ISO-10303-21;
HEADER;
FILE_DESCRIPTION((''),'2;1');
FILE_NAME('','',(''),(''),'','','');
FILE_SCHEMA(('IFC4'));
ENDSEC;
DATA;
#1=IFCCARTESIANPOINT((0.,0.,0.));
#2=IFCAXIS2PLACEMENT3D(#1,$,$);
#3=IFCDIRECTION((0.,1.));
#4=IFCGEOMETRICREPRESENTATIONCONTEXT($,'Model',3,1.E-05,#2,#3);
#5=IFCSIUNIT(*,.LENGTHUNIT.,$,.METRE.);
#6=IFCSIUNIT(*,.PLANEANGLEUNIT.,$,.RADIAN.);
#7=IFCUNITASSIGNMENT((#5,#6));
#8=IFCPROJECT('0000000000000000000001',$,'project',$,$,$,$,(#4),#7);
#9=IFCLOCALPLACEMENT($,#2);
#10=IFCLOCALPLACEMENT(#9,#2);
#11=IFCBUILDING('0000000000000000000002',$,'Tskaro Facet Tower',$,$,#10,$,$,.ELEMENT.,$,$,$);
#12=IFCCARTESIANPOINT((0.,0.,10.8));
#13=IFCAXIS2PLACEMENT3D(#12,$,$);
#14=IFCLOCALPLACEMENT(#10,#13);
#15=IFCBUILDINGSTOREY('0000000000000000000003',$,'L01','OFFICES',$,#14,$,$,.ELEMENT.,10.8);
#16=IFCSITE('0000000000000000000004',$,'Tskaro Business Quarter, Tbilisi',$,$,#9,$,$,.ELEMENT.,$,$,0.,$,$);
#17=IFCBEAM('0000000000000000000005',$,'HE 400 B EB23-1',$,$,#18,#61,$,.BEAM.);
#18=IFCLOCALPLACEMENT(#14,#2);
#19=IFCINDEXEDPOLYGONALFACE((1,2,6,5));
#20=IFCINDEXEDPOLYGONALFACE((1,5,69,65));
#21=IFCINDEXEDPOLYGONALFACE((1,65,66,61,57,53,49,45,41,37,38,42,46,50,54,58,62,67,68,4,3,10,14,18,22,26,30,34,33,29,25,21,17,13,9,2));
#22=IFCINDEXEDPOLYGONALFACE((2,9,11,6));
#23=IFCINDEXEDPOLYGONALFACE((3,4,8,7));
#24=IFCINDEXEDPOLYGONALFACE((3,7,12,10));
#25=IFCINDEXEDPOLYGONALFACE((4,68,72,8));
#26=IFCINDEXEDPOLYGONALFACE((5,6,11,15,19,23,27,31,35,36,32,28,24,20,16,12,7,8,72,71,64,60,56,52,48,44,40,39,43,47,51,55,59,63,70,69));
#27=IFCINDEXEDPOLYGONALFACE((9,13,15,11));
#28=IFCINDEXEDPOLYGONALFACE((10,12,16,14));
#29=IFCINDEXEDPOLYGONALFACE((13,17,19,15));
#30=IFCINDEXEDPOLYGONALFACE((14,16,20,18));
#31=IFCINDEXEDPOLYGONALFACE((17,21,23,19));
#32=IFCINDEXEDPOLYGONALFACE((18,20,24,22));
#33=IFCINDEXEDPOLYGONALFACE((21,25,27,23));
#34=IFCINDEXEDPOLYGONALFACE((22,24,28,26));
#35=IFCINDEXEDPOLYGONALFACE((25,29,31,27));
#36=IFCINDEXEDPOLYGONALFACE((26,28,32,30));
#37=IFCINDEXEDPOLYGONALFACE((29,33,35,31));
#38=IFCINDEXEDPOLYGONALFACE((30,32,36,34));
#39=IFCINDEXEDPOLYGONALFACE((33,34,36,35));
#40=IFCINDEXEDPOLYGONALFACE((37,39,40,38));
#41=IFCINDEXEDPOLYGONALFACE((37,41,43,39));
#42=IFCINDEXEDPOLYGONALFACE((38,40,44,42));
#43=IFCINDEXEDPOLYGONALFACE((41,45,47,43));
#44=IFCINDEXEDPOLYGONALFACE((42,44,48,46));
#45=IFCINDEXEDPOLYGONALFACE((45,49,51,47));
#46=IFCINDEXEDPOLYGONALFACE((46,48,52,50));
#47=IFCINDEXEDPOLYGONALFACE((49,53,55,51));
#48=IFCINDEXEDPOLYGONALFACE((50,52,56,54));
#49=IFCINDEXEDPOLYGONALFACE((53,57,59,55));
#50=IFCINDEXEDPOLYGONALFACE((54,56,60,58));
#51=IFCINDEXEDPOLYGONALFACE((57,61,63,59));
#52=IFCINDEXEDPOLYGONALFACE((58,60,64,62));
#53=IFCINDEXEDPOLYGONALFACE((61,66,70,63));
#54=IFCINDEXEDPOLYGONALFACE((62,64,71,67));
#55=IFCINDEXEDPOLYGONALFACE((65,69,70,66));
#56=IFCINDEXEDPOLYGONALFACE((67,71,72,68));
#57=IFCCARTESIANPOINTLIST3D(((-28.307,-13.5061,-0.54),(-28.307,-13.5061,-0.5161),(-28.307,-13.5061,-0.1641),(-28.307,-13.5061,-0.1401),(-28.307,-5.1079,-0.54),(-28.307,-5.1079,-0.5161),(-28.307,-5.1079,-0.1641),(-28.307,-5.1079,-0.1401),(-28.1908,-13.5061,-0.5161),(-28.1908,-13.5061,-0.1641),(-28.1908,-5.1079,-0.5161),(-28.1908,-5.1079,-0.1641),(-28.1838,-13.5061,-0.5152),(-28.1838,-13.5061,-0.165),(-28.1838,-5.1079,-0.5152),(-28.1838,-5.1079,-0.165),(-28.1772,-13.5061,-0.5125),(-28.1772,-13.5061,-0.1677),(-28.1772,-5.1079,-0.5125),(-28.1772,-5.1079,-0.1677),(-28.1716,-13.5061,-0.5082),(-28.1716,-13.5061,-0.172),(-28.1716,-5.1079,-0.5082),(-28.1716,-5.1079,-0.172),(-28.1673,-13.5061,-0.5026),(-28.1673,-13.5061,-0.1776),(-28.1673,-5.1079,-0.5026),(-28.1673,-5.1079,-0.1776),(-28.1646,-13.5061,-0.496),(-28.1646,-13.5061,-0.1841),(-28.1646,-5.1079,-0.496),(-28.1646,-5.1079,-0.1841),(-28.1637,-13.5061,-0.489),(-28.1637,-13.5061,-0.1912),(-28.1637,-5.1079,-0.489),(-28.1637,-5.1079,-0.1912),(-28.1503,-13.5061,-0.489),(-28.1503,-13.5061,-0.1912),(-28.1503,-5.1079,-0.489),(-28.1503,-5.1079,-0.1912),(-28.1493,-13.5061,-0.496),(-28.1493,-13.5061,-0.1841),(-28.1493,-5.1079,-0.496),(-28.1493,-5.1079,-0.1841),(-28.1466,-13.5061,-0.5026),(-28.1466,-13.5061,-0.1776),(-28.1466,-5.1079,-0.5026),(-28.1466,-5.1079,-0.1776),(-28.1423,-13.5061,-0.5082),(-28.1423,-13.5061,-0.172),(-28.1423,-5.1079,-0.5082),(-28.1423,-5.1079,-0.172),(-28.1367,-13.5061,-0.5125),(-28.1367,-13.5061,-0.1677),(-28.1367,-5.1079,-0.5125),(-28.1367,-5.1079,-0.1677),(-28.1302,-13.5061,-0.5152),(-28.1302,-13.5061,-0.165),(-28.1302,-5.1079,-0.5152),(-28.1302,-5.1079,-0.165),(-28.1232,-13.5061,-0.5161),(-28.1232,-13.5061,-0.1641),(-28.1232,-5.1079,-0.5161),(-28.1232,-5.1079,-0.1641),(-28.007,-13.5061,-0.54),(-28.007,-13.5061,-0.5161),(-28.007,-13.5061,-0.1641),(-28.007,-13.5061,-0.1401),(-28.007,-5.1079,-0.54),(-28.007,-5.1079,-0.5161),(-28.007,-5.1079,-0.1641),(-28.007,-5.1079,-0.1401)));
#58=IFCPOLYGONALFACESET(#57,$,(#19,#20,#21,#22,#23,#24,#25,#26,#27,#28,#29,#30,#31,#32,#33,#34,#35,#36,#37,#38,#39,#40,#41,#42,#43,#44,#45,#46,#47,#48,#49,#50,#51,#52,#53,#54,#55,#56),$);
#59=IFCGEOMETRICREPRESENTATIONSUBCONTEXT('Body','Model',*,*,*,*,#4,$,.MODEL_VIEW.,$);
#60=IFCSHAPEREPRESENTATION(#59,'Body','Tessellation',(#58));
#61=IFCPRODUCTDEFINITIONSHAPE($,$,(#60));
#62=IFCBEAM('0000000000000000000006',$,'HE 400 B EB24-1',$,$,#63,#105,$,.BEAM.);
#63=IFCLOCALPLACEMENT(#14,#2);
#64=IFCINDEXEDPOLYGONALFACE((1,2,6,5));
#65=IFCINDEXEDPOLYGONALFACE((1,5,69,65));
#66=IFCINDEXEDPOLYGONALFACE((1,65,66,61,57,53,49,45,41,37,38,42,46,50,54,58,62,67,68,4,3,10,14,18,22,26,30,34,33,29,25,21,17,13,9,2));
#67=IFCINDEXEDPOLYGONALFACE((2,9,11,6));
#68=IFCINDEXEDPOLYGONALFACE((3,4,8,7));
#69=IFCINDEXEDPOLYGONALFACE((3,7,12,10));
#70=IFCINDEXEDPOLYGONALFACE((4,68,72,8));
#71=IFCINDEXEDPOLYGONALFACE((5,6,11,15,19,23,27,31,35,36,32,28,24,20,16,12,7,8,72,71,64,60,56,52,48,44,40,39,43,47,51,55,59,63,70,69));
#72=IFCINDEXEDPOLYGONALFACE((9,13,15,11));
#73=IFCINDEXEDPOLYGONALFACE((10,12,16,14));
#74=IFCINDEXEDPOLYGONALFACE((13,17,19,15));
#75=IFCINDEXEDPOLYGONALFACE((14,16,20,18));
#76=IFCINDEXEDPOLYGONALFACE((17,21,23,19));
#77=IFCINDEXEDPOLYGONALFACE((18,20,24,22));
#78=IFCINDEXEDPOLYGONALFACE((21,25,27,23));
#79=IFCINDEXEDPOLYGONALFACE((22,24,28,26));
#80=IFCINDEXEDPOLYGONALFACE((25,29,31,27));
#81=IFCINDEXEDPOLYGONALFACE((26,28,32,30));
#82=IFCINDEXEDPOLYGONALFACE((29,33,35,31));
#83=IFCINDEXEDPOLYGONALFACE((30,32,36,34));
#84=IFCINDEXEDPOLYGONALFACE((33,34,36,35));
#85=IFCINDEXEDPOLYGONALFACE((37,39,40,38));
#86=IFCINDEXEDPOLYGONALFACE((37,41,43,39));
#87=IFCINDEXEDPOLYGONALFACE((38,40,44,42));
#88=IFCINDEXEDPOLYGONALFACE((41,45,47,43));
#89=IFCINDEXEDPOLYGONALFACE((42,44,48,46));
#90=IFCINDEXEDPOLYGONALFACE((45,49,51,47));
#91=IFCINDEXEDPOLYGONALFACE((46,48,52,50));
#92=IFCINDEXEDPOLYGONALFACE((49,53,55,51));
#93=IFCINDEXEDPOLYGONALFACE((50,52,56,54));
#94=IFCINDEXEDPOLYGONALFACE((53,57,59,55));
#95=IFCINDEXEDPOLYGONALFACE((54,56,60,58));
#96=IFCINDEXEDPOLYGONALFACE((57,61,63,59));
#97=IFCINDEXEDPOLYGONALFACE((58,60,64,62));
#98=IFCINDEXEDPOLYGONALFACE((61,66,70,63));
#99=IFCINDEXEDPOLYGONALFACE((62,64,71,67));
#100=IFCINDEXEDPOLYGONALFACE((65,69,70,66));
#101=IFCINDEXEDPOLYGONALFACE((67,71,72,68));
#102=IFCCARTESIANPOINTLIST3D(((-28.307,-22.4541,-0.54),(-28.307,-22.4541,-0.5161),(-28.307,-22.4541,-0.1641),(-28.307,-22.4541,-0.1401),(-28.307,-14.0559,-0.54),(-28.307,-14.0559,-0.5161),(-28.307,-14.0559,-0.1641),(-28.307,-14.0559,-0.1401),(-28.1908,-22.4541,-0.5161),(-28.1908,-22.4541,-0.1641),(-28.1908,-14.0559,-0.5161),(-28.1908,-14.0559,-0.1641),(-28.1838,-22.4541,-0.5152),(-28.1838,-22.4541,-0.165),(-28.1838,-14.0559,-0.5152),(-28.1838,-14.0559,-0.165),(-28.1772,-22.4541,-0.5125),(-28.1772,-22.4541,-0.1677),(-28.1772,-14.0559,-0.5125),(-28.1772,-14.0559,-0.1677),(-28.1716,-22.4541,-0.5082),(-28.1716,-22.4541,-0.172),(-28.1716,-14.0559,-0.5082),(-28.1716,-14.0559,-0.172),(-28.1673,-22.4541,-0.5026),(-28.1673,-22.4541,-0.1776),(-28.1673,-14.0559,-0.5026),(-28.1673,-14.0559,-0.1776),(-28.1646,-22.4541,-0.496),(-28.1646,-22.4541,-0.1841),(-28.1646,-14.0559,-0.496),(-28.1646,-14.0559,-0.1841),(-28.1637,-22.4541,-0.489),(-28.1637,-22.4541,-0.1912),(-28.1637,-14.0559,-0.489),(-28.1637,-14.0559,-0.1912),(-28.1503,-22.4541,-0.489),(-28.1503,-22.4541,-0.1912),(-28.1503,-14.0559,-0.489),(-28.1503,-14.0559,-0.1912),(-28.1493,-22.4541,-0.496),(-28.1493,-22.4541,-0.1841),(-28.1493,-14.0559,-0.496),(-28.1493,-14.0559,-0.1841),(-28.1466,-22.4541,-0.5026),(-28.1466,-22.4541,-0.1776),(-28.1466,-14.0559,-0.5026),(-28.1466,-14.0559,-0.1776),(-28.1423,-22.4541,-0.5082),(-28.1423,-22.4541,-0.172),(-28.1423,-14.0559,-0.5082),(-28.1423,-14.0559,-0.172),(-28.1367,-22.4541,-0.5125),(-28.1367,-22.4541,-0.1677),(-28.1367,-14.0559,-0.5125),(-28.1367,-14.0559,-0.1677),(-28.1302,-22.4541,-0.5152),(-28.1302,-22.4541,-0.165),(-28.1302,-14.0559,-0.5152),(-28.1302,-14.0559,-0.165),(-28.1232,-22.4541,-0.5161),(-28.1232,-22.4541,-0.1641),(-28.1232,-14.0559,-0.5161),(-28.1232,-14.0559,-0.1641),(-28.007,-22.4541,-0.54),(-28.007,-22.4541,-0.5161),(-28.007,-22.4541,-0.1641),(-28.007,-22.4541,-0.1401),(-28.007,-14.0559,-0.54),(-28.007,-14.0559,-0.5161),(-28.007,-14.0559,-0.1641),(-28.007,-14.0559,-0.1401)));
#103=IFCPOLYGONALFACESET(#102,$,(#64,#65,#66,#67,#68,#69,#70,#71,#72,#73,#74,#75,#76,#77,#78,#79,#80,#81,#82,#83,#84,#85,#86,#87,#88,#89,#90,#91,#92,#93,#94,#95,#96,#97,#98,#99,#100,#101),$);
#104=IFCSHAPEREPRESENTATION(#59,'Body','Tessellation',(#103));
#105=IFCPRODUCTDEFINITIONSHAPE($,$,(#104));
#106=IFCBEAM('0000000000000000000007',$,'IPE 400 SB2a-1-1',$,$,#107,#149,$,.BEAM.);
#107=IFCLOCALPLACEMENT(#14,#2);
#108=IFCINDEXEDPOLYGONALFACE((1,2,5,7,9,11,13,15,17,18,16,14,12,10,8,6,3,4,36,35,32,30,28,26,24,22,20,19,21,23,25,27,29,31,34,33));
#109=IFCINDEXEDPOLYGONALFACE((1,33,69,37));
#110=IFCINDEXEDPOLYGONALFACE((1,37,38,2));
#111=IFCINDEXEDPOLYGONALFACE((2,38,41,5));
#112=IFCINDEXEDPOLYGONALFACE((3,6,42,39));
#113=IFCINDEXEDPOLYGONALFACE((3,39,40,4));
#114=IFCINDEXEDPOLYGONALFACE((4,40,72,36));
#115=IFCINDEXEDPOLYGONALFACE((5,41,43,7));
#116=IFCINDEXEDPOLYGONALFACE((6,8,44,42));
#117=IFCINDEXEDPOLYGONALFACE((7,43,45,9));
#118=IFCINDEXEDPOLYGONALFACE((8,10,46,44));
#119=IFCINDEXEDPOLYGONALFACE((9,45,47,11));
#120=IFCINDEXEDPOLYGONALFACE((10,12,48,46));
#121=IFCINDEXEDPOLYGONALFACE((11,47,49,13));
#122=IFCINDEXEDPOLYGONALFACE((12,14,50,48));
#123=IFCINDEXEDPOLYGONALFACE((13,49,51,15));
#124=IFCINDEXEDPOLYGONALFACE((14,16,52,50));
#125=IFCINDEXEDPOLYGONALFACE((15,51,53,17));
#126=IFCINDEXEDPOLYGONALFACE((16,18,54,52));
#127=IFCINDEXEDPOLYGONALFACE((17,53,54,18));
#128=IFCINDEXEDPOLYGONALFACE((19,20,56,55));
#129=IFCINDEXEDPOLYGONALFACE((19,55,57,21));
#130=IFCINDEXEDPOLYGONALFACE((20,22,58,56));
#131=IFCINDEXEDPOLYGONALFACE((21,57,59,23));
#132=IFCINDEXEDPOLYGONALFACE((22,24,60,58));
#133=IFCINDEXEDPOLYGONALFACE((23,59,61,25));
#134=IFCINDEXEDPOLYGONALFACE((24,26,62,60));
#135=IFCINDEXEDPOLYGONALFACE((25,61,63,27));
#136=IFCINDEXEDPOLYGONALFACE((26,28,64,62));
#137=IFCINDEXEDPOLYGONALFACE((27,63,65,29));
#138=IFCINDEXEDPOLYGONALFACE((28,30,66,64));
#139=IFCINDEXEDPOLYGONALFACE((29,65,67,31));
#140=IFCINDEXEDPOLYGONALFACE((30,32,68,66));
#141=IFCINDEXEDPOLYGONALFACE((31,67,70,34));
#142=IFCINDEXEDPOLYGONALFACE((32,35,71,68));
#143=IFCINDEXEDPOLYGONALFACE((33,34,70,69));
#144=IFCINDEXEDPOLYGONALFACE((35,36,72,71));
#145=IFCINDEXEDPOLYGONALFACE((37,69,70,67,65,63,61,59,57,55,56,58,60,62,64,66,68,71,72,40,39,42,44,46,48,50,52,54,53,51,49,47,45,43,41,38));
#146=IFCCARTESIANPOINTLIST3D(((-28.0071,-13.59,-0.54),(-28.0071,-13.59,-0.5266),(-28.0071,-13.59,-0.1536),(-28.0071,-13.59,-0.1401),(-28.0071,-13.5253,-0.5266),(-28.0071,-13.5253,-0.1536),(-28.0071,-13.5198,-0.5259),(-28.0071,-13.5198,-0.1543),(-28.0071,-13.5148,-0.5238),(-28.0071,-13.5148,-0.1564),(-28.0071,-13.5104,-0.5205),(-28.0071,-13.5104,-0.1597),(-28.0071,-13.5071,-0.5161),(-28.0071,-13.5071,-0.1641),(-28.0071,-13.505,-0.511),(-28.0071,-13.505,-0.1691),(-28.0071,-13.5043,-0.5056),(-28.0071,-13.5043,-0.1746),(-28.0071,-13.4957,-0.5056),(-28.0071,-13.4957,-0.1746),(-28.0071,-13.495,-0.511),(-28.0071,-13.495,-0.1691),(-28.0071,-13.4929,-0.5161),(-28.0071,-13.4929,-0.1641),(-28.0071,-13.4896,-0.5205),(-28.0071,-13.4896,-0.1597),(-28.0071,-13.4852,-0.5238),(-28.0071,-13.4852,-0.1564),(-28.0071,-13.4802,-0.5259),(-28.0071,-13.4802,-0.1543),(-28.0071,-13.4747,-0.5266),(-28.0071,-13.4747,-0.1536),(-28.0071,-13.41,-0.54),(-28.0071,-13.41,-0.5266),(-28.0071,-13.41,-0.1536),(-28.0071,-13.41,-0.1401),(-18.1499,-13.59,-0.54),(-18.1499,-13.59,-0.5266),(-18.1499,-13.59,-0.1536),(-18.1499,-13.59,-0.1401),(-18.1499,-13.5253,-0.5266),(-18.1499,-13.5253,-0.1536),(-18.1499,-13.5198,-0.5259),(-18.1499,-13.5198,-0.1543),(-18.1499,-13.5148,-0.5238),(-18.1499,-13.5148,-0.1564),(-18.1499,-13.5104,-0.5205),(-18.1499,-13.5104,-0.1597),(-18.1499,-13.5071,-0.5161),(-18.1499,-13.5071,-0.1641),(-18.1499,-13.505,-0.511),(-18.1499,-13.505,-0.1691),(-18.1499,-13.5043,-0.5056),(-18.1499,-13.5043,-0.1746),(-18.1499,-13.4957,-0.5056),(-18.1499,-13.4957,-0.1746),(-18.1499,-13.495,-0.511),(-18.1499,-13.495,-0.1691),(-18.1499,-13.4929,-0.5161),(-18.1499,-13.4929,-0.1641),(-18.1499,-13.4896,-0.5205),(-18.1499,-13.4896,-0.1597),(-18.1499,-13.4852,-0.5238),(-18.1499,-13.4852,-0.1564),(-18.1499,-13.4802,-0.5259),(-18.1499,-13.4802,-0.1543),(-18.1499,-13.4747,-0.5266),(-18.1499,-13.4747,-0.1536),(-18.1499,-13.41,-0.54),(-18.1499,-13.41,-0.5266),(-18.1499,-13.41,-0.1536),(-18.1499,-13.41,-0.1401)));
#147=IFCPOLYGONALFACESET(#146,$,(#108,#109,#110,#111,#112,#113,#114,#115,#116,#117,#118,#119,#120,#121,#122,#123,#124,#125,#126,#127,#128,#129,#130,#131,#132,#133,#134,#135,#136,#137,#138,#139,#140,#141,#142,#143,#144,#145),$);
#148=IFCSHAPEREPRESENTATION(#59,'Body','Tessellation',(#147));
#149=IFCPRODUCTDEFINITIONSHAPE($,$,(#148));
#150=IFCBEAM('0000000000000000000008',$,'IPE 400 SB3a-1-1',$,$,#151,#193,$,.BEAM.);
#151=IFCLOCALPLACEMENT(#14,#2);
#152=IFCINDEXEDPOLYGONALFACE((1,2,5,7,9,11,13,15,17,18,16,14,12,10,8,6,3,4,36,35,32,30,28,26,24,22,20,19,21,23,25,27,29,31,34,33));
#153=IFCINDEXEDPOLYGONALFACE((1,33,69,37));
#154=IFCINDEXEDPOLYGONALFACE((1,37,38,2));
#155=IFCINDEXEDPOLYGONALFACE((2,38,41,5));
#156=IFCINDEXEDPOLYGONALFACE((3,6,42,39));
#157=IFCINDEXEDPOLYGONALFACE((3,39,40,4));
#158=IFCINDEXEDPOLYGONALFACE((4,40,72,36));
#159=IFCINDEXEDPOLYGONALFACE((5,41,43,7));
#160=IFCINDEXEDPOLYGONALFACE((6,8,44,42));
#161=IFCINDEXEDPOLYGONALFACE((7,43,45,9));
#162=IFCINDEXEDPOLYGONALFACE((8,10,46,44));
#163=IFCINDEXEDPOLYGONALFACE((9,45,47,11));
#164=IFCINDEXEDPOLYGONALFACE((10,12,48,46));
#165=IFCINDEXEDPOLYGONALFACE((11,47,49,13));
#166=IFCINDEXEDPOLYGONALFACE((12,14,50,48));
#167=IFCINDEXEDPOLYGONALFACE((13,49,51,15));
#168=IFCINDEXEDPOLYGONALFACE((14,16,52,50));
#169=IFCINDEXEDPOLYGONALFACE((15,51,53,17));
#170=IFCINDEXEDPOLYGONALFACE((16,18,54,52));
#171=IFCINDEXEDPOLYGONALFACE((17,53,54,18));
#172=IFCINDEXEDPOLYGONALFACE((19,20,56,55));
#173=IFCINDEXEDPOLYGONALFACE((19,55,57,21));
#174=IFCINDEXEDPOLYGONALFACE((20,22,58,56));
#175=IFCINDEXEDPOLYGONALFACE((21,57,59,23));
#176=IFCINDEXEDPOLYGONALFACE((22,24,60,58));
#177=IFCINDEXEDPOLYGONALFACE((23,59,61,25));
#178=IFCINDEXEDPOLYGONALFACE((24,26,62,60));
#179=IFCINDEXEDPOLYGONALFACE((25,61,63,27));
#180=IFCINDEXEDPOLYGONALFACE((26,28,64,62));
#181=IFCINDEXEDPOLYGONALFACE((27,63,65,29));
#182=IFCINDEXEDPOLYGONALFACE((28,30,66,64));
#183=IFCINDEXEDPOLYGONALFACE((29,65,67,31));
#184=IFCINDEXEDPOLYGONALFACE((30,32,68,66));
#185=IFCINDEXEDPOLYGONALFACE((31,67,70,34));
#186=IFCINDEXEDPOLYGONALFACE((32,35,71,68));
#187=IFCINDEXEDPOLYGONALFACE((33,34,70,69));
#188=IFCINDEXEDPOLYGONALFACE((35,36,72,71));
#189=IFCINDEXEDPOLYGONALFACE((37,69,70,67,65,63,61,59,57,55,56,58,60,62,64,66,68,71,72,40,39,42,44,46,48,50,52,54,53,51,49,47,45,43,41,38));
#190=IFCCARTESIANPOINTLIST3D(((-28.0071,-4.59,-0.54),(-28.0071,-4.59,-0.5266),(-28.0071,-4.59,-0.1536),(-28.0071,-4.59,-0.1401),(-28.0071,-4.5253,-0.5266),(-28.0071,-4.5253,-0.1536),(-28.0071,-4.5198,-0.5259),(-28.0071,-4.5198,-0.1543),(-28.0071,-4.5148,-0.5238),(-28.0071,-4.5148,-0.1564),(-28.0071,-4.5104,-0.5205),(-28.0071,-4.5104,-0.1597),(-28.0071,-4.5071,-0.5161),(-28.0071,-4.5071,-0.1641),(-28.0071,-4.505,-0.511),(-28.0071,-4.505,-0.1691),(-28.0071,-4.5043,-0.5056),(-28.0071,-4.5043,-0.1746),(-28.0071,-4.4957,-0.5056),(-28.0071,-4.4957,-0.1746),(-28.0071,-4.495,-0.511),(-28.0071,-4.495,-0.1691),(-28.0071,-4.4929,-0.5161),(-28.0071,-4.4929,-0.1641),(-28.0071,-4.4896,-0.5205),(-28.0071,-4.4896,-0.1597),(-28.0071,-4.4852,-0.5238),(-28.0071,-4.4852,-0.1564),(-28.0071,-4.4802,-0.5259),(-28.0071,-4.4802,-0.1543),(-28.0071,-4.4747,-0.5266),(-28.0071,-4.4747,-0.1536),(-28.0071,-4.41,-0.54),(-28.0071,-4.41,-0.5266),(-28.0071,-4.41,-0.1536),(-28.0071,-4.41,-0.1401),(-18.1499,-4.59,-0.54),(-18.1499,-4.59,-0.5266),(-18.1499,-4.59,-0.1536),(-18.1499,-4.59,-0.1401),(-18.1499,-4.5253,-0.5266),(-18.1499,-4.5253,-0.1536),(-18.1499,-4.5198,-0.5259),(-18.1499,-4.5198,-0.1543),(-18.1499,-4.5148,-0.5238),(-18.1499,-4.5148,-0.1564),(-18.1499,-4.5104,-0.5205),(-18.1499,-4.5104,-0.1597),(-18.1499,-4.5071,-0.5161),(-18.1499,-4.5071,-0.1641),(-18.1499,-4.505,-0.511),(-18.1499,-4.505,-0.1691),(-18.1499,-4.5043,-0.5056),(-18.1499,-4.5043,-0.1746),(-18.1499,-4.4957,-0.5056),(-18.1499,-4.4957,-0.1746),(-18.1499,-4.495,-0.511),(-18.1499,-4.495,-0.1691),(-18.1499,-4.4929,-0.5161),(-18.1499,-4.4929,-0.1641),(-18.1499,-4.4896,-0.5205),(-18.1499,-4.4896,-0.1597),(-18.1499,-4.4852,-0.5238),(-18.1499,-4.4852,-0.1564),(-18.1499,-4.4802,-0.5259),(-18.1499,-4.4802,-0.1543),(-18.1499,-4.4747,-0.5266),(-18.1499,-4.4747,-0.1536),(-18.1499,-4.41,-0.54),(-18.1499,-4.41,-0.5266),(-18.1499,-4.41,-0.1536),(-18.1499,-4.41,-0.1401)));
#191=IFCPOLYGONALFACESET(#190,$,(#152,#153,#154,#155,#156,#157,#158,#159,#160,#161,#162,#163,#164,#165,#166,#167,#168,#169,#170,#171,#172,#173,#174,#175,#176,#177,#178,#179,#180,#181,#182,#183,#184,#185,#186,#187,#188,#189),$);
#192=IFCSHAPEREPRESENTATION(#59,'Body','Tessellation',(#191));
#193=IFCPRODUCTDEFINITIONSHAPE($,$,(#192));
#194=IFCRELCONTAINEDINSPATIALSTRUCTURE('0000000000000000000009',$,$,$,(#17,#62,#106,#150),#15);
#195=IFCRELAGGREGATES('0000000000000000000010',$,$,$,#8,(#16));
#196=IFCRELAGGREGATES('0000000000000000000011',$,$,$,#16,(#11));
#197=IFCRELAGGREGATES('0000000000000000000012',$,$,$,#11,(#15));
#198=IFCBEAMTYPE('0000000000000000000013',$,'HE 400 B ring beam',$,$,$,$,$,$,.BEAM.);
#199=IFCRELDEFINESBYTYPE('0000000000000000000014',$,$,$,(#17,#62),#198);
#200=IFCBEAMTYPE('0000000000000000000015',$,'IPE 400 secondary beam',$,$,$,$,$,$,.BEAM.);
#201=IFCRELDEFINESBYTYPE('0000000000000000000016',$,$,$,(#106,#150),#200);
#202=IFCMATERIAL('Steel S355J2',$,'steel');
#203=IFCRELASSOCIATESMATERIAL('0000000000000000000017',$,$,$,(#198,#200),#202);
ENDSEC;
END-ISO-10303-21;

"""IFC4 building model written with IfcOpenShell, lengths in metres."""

from ifc_helpers import new_model, si_unit, direction, frame, origin, origin_2d, place, context, subcontext, project, spatial, i_section, extrude, material, material_profile, profile_set, type_object, element, save


model = new_model("IFC4")

# Units and contexts
model_context = context("Model", 3, precision=1e-05, world=origin(), true_north=direction((0.0, 1.0)))
body_context = subcontext(model_context, "Body", "Model", "MODEL_VIEW")
ifc_project = project(units=[si_unit("LENGTHUNIT", "METRE"), si_unit("PLANEANGLEUNIT", "RADIAN")], contexts=[model_context])

# Site, building, storey
site_placement = place(None, origin())
site = spatial("IfcSite", under=ifc_project, at=site_placement, Name="Tskaro Business Quarter, Tbilisi", CompositionType="ELEMENT", RefElevation=0.0)
building_placement = place(site_placement, origin())
building = spatial("IfcBuilding", under=site, at=building_placement, Name="Tskaro Facet Tower", CompositionType="ELEMENT")
storey_placement = place(building_placement, frame((0.0, 0.0, 10.8)))
storey = spatial("IfcBuildingStorey", under=building, at=storey_placement, Name="L01", Description="OFFICES", CompositionType="ELEMENT", Elevation=10.8)

# Beams
ifc_material_1 = material(Name="Steel S355J2", Category="steel")
ifc_material_profile_1 = material_profile(ifc_material_1, i_section(OverallWidth=0.3, OverallDepth=0.3999, WebThickness=0.0134, FlangeThickness=0.0239, FilletRadius=0.0271, at=origin_2d()), Name="HE 400 B")
ifc_profile_set_1 = profile_set([ifc_material_profile_1], Name="Steel S355J2")
beam_type_1 = type_object("IfcBeamType", Name="HE 400 B ring beam", PredefinedType="BEAM", material=ifc_profile_set_1)
for number, where, z_axis, x_axis, name in (
    (1, (-28.157, -5.1079, -0.3401), (0.0, -1.0, 0.0), (1.0, 0.0, 0.0), "HE 400 B EB23-1"),
    (2, (-28.157, -14.0559, -0.3401), (0.0, -1.0, 0.0), (1.0, 0.0, 0.0), "HE 400 B EB24-1"),
):
    element("IfcBeam", number, at=place(storey_placement, frame(where, z_axis=z_axis, x_axis=x_axis)), inside=storey, type_object=beam_type_1, Name=name, PredefinedType="BEAM", context=body_context, shape_type="SweptSolid", body=[
        extrude(i_section(OverallWidth=0.3, OverallDepth=0.3999, WebThickness=0.0134, FlangeThickness=0.0239, FilletRadius=0.0271, at=origin_2d()), origin(), (0.0, 0.0, 1.0), 8.3982),
    ])
ifc_material_profile_2 = material_profile(ifc_material_1, i_section(OverallWidth=0.1799, OverallDepth=0.3999, WebThickness=0.0085, FlangeThickness=0.0134, FilletRadius=0.021, at=origin_2d()), Name="IPE 400")
ifc_profile_set_2 = profile_set([ifc_material_profile_2], Name="Steel S355J2")
beam_type_2 = type_object("IfcBeamType", Name="IPE 400 secondary beam", PredefinedType="BEAM", material=ifc_profile_set_2)
for number, where, z_axis, x_axis, name in (
    (3, (-28.0071, -13.5, -0.3401), (1.0, 0.0, 0.0), (0.0, 1.0, 0.0), "IPE 400 SB2a-1-1"),
    (4, (-28.0071, -4.5, -0.3401), (1.0, 0.0, 0.0), (0.0, 1.0, 0.0), "IPE 400 SB3a-1-1"),
):
    element("IfcBeam", number, at=place(storey_placement, frame(where, z_axis=z_axis, x_axis=x_axis)), inside=storey, type_object=beam_type_2, Name=name, PredefinedType="BEAM", context=body_context, shape_type="SweptSolid", body=[
        extrude(i_section(OverallWidth=0.1799, OverallDepth=0.3999, WebThickness=0.0085, FlangeThickness=0.0134, FilletRadius=0.021, at=origin_2d()), origin(), (0.0, 0.0, 1.0), 9.8572),
    ])

save(model, "model.ifc")
